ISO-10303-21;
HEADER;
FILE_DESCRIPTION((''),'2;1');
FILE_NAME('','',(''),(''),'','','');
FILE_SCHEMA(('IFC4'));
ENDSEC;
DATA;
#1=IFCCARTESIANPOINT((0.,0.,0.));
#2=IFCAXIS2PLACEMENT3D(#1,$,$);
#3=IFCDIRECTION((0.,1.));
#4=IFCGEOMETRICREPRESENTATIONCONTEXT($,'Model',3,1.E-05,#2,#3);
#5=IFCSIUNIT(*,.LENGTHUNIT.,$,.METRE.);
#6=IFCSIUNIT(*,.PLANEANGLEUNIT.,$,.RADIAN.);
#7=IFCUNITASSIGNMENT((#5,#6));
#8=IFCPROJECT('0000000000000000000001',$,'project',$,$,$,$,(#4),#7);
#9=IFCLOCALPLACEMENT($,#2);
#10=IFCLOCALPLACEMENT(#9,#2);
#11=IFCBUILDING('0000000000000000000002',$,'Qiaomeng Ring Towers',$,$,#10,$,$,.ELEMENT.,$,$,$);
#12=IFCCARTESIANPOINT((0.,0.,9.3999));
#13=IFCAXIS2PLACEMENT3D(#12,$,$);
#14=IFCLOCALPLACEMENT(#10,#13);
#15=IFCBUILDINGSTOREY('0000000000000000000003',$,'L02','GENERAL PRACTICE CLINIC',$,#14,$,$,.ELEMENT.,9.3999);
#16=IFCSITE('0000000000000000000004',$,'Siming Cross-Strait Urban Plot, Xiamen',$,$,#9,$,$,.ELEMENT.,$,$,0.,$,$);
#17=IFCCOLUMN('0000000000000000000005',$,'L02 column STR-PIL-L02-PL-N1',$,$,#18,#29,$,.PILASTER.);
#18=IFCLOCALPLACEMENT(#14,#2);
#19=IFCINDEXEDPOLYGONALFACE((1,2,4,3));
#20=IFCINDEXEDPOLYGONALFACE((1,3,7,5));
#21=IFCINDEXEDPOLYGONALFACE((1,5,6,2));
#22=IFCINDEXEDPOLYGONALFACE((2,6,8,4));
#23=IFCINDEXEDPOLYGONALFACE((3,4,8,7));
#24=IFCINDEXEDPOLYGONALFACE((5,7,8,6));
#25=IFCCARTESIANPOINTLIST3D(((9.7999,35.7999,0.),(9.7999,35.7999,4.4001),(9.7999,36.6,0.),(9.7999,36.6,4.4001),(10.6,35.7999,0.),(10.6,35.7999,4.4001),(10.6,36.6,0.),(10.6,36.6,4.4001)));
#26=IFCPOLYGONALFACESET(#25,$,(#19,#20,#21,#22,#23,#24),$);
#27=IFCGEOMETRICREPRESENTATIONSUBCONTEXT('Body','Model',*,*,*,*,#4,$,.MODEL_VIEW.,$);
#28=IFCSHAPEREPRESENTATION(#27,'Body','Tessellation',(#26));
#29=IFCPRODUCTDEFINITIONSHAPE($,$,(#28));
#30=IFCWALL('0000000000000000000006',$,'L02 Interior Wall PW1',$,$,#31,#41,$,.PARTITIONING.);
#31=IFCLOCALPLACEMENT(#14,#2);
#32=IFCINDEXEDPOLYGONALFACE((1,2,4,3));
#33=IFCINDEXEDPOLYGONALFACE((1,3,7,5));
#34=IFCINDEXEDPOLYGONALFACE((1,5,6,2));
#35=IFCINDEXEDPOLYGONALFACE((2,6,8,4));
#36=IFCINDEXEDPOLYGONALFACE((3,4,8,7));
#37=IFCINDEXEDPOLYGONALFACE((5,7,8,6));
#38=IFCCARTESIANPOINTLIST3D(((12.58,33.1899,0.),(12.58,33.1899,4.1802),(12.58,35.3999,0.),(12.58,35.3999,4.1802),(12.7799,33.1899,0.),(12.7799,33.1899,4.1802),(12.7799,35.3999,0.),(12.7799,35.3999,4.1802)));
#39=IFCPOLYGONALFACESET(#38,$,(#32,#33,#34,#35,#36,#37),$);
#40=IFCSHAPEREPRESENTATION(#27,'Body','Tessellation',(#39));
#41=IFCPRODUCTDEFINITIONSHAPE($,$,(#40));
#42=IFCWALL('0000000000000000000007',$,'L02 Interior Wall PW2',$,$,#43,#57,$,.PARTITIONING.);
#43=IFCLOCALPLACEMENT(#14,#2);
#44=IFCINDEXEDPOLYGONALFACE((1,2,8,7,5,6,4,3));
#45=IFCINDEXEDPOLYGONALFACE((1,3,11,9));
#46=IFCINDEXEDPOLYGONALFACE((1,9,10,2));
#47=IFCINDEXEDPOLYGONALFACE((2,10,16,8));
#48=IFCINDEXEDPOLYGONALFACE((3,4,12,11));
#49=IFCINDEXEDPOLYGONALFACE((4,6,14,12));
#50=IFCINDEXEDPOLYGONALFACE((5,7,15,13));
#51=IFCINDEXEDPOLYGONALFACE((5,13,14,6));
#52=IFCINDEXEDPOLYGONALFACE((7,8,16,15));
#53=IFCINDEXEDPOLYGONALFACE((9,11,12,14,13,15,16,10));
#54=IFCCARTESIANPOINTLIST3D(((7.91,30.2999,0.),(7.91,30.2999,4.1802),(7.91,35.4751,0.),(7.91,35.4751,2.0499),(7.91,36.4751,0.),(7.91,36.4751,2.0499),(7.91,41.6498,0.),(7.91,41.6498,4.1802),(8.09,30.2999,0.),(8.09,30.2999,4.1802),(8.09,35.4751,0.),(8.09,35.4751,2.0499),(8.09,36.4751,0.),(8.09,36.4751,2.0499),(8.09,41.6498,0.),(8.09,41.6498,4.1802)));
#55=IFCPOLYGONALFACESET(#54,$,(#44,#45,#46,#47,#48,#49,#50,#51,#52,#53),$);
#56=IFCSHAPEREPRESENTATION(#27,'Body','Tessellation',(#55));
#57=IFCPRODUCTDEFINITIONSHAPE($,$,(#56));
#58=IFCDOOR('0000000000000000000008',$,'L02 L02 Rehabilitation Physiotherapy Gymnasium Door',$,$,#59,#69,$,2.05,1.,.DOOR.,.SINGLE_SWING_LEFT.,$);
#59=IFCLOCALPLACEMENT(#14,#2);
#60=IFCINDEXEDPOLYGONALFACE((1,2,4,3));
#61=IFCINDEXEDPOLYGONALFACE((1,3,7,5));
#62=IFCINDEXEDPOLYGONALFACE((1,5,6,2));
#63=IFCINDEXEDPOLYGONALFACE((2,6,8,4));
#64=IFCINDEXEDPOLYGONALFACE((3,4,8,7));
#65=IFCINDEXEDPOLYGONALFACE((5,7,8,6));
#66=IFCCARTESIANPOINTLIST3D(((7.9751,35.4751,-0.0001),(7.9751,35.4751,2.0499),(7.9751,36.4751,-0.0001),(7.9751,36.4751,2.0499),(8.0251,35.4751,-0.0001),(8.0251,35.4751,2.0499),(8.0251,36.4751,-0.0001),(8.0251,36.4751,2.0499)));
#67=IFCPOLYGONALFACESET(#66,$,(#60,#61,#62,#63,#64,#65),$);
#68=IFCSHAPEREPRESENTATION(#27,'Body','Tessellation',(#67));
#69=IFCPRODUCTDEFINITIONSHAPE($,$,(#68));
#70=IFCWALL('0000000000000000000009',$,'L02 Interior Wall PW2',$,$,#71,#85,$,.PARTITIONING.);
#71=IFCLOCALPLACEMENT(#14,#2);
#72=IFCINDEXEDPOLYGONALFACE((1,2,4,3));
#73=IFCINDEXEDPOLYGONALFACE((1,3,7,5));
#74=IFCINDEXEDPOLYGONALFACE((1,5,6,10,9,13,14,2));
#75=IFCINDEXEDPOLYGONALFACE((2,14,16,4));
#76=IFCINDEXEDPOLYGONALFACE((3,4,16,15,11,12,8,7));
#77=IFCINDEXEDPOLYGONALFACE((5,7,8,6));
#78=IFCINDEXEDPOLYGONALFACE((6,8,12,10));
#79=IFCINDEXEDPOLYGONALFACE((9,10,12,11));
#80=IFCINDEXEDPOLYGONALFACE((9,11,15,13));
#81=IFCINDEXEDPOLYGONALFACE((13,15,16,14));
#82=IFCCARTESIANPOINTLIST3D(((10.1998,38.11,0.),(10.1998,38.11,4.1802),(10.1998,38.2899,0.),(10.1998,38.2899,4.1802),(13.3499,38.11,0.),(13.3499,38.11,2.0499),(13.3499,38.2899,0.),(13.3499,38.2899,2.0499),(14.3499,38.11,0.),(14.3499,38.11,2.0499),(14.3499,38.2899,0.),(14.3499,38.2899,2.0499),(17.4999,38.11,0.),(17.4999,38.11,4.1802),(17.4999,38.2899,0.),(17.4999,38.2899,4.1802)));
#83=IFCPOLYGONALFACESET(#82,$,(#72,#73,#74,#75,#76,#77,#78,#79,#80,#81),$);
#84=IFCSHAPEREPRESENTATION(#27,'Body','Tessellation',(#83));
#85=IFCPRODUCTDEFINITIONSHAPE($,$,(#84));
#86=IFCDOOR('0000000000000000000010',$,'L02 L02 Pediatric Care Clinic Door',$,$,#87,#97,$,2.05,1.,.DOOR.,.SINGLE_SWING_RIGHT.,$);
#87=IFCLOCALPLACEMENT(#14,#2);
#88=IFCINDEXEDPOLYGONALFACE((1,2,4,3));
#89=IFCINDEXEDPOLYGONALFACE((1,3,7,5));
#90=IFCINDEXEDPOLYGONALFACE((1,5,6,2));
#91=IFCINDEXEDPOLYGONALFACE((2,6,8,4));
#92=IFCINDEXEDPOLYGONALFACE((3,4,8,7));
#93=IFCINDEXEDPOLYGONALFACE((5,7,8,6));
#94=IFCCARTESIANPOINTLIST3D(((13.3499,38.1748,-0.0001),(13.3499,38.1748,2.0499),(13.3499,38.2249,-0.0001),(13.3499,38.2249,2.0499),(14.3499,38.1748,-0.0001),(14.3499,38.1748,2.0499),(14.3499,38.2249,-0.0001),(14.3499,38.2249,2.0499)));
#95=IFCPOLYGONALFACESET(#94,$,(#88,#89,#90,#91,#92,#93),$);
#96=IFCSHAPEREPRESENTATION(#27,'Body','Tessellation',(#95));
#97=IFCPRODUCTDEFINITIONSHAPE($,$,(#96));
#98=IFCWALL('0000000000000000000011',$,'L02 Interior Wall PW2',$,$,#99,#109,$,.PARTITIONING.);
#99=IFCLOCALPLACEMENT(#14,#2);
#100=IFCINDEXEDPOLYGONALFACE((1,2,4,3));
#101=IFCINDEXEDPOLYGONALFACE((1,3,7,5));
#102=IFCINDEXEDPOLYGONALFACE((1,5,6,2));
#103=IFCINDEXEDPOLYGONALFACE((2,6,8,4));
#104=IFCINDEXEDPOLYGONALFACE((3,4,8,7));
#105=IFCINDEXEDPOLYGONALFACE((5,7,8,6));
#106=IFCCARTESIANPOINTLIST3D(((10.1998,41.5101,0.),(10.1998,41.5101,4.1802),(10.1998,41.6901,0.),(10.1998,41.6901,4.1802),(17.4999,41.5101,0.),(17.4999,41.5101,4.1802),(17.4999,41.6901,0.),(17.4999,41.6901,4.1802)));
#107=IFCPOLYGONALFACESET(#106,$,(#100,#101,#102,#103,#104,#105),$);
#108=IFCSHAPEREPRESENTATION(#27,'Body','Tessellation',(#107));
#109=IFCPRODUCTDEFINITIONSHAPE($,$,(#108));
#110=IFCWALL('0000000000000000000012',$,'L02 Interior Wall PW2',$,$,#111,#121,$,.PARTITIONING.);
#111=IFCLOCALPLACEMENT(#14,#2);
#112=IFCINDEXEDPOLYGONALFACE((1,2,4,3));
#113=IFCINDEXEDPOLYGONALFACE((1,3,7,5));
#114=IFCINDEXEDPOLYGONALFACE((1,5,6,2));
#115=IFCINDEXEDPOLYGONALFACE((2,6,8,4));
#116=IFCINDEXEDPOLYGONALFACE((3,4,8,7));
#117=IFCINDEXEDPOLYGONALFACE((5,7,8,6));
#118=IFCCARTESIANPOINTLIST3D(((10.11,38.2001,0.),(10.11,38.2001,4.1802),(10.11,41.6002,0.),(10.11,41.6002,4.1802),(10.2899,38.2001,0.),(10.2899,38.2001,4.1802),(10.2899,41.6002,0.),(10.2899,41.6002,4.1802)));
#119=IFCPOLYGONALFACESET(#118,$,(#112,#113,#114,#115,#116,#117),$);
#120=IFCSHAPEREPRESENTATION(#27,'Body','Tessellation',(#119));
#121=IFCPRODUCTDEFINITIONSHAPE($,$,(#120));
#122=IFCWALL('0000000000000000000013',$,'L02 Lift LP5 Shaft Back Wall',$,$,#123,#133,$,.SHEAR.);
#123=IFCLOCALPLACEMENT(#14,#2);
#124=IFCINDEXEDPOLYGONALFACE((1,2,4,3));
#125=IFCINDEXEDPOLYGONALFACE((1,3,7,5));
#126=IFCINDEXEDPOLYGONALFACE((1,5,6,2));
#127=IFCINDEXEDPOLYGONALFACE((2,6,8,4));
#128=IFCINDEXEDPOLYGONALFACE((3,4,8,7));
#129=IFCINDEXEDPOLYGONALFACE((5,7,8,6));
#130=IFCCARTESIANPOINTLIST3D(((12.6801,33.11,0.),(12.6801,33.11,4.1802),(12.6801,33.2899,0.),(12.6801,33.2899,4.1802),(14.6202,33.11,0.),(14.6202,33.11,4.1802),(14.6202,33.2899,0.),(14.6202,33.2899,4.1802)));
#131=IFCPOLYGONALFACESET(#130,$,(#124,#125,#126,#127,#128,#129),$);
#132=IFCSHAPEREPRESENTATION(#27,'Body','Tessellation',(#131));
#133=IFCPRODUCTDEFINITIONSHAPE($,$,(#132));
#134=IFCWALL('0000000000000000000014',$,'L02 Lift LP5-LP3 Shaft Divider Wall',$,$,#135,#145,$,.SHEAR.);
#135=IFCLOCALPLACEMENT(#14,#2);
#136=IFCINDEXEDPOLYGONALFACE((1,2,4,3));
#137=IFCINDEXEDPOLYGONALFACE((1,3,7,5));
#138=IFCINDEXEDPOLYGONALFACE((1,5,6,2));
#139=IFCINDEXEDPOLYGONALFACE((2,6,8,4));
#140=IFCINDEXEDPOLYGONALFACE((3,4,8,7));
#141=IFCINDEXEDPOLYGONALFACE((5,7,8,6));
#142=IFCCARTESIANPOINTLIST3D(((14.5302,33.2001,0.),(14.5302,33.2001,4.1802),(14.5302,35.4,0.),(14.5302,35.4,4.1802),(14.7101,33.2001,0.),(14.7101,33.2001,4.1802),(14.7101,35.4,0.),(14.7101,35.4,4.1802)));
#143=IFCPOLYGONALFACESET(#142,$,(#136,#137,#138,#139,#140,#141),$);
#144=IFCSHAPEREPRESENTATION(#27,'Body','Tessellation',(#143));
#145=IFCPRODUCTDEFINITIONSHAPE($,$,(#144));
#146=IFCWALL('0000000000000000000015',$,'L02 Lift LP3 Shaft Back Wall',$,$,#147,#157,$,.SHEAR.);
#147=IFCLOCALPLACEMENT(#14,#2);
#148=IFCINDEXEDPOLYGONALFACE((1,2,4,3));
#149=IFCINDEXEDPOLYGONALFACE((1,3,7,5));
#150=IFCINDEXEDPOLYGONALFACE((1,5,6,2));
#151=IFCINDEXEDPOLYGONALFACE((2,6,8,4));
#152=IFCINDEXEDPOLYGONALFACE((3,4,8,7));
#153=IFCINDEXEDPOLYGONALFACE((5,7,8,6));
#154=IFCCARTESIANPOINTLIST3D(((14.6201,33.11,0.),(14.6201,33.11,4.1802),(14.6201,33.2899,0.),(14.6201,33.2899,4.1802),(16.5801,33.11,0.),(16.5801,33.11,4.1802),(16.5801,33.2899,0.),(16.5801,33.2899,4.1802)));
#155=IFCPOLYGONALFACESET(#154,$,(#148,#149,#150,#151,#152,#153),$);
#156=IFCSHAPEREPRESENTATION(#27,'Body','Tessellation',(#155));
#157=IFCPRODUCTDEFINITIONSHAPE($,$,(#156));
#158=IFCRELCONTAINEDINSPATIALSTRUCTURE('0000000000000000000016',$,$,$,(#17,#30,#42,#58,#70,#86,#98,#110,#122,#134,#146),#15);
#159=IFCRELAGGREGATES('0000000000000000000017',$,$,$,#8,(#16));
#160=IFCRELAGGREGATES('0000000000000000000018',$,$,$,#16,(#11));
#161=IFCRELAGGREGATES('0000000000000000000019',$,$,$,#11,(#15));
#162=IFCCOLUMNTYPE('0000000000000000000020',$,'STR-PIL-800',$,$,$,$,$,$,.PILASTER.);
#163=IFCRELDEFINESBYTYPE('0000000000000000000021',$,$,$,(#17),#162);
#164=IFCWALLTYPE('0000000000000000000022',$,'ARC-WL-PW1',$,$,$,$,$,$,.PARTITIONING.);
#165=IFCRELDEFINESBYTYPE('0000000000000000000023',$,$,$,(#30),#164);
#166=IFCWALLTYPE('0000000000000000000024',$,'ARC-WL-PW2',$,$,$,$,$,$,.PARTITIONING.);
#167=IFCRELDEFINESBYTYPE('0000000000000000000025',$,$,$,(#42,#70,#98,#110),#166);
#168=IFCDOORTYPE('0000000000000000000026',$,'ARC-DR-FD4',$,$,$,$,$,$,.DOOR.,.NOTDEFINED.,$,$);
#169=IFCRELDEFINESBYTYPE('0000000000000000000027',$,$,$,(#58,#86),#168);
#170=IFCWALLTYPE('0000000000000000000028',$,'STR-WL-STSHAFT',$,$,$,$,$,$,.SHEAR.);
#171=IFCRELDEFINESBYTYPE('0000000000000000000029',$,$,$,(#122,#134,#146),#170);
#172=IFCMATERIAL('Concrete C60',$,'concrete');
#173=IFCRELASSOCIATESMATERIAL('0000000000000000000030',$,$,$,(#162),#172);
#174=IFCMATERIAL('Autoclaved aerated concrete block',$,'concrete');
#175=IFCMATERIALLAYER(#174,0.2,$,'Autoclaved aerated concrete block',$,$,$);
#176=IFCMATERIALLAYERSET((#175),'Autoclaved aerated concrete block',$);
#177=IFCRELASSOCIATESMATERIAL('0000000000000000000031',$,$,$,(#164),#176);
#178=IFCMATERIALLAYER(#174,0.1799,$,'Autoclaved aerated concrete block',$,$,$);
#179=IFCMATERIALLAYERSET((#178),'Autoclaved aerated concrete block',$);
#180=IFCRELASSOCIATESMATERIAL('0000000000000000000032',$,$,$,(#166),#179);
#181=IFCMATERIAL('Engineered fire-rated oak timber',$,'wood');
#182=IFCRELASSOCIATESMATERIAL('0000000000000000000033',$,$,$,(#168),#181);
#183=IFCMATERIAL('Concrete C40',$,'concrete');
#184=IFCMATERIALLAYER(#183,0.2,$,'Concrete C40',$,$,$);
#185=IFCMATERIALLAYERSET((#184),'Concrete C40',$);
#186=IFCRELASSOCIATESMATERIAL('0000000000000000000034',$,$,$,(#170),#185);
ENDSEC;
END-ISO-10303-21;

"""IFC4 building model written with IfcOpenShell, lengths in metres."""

from ifc_helpers import new_model, si_unit, direction, frame, frame_2d, origin, origin_2d, place, context, subcontext, project, spatial, rectangle, extrude, source, transform, mapped, material, layer, layer_set, material_profile, profile_set, type_object, element, fill, save


model = new_model("IFC4")

# Units and contexts
model_context = context("Model", 3, precision=1e-05, world=origin(), true_north=direction((0.0, 1.0)))
body_context = subcontext(model_context, "Body", "Model", "MODEL_VIEW")
ifc_project = project(units=[si_unit("LENGTHUNIT", "METRE"), si_unit("PLANEANGLEUNIT", "RADIAN")], contexts=[model_context])

# Site, building, storey
site_placement = place(None, origin())
site = spatial("IfcSite", under=ifc_project, at=site_placement, Name="Siming Cross-Strait Urban Plot, Xiamen", CompositionType="ELEMENT", RefElevation=0.0)
building_placement = place(site_placement, origin())
building = spatial("IfcBuilding", under=site, at=building_placement, Name="Qiaomeng Ring Towers", CompositionType="ELEMENT")
storey_placement = place(building_placement, frame((0.0, 0.0, 9.3999)))
storey = spatial("IfcBuildingStorey", under=building, at=storey_placement, Name="L02", Description="GENERAL PRACTICE CLINIC", CompositionType="ELEMENT", Elevation=9.3999)

# Column
ifc_material_1 = material(Name="Concrete C60", Category="concrete")
ifc_material_profile = material_profile(ifc_material_1, rectangle(XDim=0.8, YDim=0.8, at=origin_2d()), Name="RC COL 800x800")
ifc_profile_set = profile_set([ifc_material_profile], Name="Concrete C60")
column_type = type_object("IfcColumnType", Name="STR-PIL-800", PredefinedType="PILASTER", material=ifc_profile_set)
shared_shape_1 = source(origin(), body_context, "Body", "SweptSolid", [
    extrude(rectangle(XDim=0.8, YDim=0.8, at=origin_2d()), origin(), (0.0, 0.0, 1.0), 4.4001),
])
column_placement = place(storey_placement, frame((10.2, 36.2, 0.0), z_axis=(0.0, 0.0, 1.0), x_axis=(1.0, 0.0, 0.0)))
element("IfcColumn", 1, at=column_placement, inside=storey, type_object=column_type, Name="L02 column STR-PIL-L02-PL-N1", PredefinedType="PILASTER", context=body_context, shape_type="MappedRepresentation", body=[
    mapped(shared_shape_1, transform((0.0, 0.0, 0.0), x_axis=(1.0, 0.0, 0.0), y_axis=(0.0, 1.0, 0.0), z_axis=(0.0, 0.0, 1.0), scale=1.0)),
])

# Wall
ifc_material_2 = material(Name="Autoclaved aerated concrete block", Category="concrete")
ifc_layer_1 = layer(ifc_material_2, 0.2, Name="Autoclaved aerated concrete block")
ifc_layer_set_1 = layer_set([ifc_layer_1], Name="Autoclaved aerated concrete block")
wall_type_1 = type_object("IfcWallType", Name="ARC-WL-PW1", PredefinedType="PARTITIONING", material=ifc_layer_set_1)
wall_1_placement = place(storey_placement, frame((12.6799, 33.1899, 0.0), z_axis=(0.0, 0.0, 1.0), x_axis=(0.0, 1.0, 0.0)))
element("IfcWall", 2, at=wall_1_placement, inside=storey, type_object=wall_type_1, Name="L02 Interior Wall PW1", PredefinedType="PARTITIONING", context=body_context, shape_type="SweptSolid", body=[
    extrude(rectangle(XDim=2.21, YDim=0.2, at=frame_2d((1.105, 0.0))), origin(), (0.0, 0.0, 1.0), 4.1802),
])

# Walls, openings, doors
ifc_layer_2 = layer(ifc_material_2, 0.1799, Name="Autoclaved aerated concrete block")
ifc_layer_set_2 = layer_set([ifc_layer_2], Name="Autoclaved aerated concrete block")
wall_type_2 = type_object("IfcWallType", Name="ARC-WL-PW2", PredefinedType="PARTITIONING", material=ifc_layer_set_2)
wall_2_placement = place(storey_placement, frame((8.0, 30.3, 0.0), z_axis=(0.0, 0.0, 1.0), x_axis=(0.0, 1.0, 0.0)))
wall_2 = element("IfcWall", 3, at=wall_2_placement, inside=storey, type_object=wall_type_2, Name="L02 Interior Wall PW2", PredefinedType="PARTITIONING", context=body_context, shape_type="SweptSolid", body=[
    extrude(rectangle(XDim=11.3499, YDim=0.1799, at=frame_2d((5.6748, 0.0))), origin(), (0.0, 0.0, 1.0), 4.1802),
])
opening_1_placement = place(wall_2_placement, frame((5.175, 0.0, 0.0)))
opening_1 = element("IfcOpeningElement", 4, at=opening_1_placement, cuts=wall_2, PredefinedType="OPENING", context=body_context, shape_type="SweptSolid", body=[
    extrude(rectangle(XDim=1.0, YDim=2.05, at=frame_2d((0.5, 1.0249))), frame((0.0, 0.0999, 0.0), z_axis=(0.0, -1.0, 0.0), x_axis=(1.0, 0.0, 0.0)), (0.0, 0.0, 1.0), 0.2),
])
ifc_material_3 = material(Name="Engineered fire-rated oak timber", Category="wood")
door_type_1 = type_object("IfcDoorType", Name="ARC-DR-FD4", OperationType="NOTDEFINED", PredefinedType="DOOR", material=ifc_material_3)
shared_shape_2 = source(origin(), body_context, "Body", "SweptSolid", [
    extrude(rectangle(XDim=1.0, YDim=2.05, at=frame_2d((0.5, 1.0249))), frame((0.0, 0.0249, 0.0), z_axis=(0.0, -1.0, 0.0), x_axis=(1.0, 0.0, 0.0)), (0.0, 0.0, 1.0), 0.05),
])
door_1_placement = place(opening_1_placement, origin())
door_1 = element("IfcDoor", 5, at=door_1_placement, inside=storey, type_object=door_type_1, Name="L02 L02 Rehabilitation Physiotherapy Gymnasium Door", OperationType="SINGLE_SWING_LEFT", OverallHeight=2.05, OverallWidth=1.0, PredefinedType="DOOR", context=body_context, shape_type="MappedRepresentation", body=[
    mapped(shared_shape_2, transform((0.0, 0.0, 0.0), x_axis=(1.0, 0.0, 0.0), y_axis=(0.0, 1.0, 0.0), z_axis=(0.0, 0.0, 1.0), scale=1.0)),
])
fill(opening_1, door_1)
wall_3_placement = place(storey_placement, frame((10.2, 38.2, 0.0), z_axis=(0.0, 0.0, 1.0), x_axis=(1.0, 0.0, 0.0)))
wall_3 = element("IfcWall", 6, at=wall_3_placement, inside=storey, type_object=wall_type_2, Name="L02 Interior Wall PW2", PredefinedType="PARTITIONING", context=body_context, shape_type="SweptSolid", body=[
    extrude(rectangle(XDim=7.3, YDim=0.1799, at=frame_2d((3.6499, 0.0))), origin(), (0.0, 0.0, 1.0), 4.1802),
])
opening_2_placement = place(wall_3_placement, frame((3.1499, 0.0, 0.0)))
opening_2 = element("IfcOpeningElement", 7, at=opening_2_placement, cuts=wall_3, PredefinedType="OPENING", context=body_context, shape_type="SweptSolid", body=[
    extrude(rectangle(XDim=1.0, YDim=2.05, at=frame_2d((0.5, 1.0249))), frame((0.0, 0.0999, 0.0), z_axis=(0.0, -1.0, 0.0), x_axis=(1.0, 0.0, 0.0)), (0.0, 0.0, 1.0), 0.2),
])
door_2_placement = place(opening_2_placement, origin())
door_2 = element("IfcDoor", 8, at=door_2_placement, inside=storey, type_object=door_type_1, Name="L02 L02 Pediatric Care Clinic Door", OperationType="SINGLE_SWING_RIGHT", OverallHeight=2.05, OverallWidth=1.0, PredefinedType="DOOR", context=body_context, shape_type="MappedRepresentation", body=[
    mapped(shared_shape_2, transform((0.0, 0.0, 0.0), x_axis=(1.0, 0.0, 0.0), y_axis=(0.0, 1.0, 0.0), z_axis=(0.0, 0.0, 1.0), scale=1.0)),
])
fill(opening_2, door_2)

# Walls
wall_4_placement = place(storey_placement, frame((10.2, 41.6001, 0.0), z_axis=(0.0, 0.0, 1.0), x_axis=(1.0, 0.0, 0.0)))
element("IfcWall", 9, at=wall_4_placement, inside=storey, type_object=wall_type_2, Name="L02 Interior Wall PW2", PredefinedType="PARTITIONING", context=body_context, shape_type="SweptSolid", body=[
    extrude(rectangle(XDim=7.3, YDim=0.1799, at=frame_2d((3.6499, 0.0))), origin(), (0.0, 0.0, 1.0), 4.1802),
])
wall_5_placement = place(storey_placement, frame((10.2, 38.2, 0.0), z_axis=(0.0, 0.0, 1.0), x_axis=(0.0, 1.0, 0.0)))
element("IfcWall", 10, at=wall_5_placement, inside=storey, type_object=wall_type_2, Name="L02 Interior Wall PW2", PredefinedType="PARTITIONING", context=body_context, shape_type="SweptSolid", body=[
    extrude(rectangle(XDim=3.4001, YDim=0.1799, at=frame_2d((1.7002, 0.0))), origin(), (0.0, 0.0, 1.0), 4.1802),
])
ifc_material_4 = material(Name="Concrete C40", Category="concrete")
ifc_layer_3 = layer(ifc_material_4, 0.2, Name="Concrete C40")
ifc_layer_set_3 = layer_set([ifc_layer_3], Name="Concrete C40")
wall_type_3 = type_object("IfcWallType", Name="STR-WL-STSHAFT", PredefinedType="SHEAR", material=ifc_layer_set_3)
wall_6_placement = place(storey_placement, frame((12.6799, 33.2, 0.0), z_axis=(0.0, 0.0, 1.0), x_axis=(1.0, 0.0, 0.0)))
element("IfcWall", 11, at=wall_6_placement, inside=storey, type_object=wall_type_3, Name="L02 Lift LP5 Shaft Back Wall", PredefinedType="SHEAR", context=body_context, shape_type="SweptSolid", body=[
    extrude(rectangle(XDim=1.9402, YDim=0.1799, at=frame_2d((0.9702, 0.0))), origin(), (0.0, 0.0, 1.0), 4.1802),
])
wall_7_placement = place(storey_placement, frame((14.6201, 33.2, 0.0), z_axis=(0.0, 0.0, 1.0), x_axis=(0.0, 1.0, 0.0)))
element("IfcWall", 12, at=wall_7_placement, inside=storey, type_object=wall_type_3, Name="L02 Lift LP5-LP3 Shaft Divider Wall", PredefinedType="SHEAR", context=body_context, shape_type="SweptSolid", body=[
    extrude(rectangle(XDim=2.2, YDim=0.1799, at=frame_2d((1.1001, 0.0))), origin(), (0.0, 0.0, 1.0), 4.1802),
])
wall_8_placement = place(storey_placement, frame((14.6201, 33.2, 0.0), z_axis=(0.0, 0.0, 1.0), x_axis=(1.0, 0.0, 0.0)))
element("IfcWall", 13, at=wall_8_placement, inside=storey, type_object=wall_type_3, Name="L02 Lift LP3 Shaft Back Wall", PredefinedType="SHEAR", context=body_context, shape_type="SweptSolid", body=[
    extrude(rectangle(XDim=1.96, YDim=0.1799, at=frame_2d((0.98, 0.0))), origin(), (0.0, 0.0, 1.0), 4.1802),
])

save(model, "model.ifc")
